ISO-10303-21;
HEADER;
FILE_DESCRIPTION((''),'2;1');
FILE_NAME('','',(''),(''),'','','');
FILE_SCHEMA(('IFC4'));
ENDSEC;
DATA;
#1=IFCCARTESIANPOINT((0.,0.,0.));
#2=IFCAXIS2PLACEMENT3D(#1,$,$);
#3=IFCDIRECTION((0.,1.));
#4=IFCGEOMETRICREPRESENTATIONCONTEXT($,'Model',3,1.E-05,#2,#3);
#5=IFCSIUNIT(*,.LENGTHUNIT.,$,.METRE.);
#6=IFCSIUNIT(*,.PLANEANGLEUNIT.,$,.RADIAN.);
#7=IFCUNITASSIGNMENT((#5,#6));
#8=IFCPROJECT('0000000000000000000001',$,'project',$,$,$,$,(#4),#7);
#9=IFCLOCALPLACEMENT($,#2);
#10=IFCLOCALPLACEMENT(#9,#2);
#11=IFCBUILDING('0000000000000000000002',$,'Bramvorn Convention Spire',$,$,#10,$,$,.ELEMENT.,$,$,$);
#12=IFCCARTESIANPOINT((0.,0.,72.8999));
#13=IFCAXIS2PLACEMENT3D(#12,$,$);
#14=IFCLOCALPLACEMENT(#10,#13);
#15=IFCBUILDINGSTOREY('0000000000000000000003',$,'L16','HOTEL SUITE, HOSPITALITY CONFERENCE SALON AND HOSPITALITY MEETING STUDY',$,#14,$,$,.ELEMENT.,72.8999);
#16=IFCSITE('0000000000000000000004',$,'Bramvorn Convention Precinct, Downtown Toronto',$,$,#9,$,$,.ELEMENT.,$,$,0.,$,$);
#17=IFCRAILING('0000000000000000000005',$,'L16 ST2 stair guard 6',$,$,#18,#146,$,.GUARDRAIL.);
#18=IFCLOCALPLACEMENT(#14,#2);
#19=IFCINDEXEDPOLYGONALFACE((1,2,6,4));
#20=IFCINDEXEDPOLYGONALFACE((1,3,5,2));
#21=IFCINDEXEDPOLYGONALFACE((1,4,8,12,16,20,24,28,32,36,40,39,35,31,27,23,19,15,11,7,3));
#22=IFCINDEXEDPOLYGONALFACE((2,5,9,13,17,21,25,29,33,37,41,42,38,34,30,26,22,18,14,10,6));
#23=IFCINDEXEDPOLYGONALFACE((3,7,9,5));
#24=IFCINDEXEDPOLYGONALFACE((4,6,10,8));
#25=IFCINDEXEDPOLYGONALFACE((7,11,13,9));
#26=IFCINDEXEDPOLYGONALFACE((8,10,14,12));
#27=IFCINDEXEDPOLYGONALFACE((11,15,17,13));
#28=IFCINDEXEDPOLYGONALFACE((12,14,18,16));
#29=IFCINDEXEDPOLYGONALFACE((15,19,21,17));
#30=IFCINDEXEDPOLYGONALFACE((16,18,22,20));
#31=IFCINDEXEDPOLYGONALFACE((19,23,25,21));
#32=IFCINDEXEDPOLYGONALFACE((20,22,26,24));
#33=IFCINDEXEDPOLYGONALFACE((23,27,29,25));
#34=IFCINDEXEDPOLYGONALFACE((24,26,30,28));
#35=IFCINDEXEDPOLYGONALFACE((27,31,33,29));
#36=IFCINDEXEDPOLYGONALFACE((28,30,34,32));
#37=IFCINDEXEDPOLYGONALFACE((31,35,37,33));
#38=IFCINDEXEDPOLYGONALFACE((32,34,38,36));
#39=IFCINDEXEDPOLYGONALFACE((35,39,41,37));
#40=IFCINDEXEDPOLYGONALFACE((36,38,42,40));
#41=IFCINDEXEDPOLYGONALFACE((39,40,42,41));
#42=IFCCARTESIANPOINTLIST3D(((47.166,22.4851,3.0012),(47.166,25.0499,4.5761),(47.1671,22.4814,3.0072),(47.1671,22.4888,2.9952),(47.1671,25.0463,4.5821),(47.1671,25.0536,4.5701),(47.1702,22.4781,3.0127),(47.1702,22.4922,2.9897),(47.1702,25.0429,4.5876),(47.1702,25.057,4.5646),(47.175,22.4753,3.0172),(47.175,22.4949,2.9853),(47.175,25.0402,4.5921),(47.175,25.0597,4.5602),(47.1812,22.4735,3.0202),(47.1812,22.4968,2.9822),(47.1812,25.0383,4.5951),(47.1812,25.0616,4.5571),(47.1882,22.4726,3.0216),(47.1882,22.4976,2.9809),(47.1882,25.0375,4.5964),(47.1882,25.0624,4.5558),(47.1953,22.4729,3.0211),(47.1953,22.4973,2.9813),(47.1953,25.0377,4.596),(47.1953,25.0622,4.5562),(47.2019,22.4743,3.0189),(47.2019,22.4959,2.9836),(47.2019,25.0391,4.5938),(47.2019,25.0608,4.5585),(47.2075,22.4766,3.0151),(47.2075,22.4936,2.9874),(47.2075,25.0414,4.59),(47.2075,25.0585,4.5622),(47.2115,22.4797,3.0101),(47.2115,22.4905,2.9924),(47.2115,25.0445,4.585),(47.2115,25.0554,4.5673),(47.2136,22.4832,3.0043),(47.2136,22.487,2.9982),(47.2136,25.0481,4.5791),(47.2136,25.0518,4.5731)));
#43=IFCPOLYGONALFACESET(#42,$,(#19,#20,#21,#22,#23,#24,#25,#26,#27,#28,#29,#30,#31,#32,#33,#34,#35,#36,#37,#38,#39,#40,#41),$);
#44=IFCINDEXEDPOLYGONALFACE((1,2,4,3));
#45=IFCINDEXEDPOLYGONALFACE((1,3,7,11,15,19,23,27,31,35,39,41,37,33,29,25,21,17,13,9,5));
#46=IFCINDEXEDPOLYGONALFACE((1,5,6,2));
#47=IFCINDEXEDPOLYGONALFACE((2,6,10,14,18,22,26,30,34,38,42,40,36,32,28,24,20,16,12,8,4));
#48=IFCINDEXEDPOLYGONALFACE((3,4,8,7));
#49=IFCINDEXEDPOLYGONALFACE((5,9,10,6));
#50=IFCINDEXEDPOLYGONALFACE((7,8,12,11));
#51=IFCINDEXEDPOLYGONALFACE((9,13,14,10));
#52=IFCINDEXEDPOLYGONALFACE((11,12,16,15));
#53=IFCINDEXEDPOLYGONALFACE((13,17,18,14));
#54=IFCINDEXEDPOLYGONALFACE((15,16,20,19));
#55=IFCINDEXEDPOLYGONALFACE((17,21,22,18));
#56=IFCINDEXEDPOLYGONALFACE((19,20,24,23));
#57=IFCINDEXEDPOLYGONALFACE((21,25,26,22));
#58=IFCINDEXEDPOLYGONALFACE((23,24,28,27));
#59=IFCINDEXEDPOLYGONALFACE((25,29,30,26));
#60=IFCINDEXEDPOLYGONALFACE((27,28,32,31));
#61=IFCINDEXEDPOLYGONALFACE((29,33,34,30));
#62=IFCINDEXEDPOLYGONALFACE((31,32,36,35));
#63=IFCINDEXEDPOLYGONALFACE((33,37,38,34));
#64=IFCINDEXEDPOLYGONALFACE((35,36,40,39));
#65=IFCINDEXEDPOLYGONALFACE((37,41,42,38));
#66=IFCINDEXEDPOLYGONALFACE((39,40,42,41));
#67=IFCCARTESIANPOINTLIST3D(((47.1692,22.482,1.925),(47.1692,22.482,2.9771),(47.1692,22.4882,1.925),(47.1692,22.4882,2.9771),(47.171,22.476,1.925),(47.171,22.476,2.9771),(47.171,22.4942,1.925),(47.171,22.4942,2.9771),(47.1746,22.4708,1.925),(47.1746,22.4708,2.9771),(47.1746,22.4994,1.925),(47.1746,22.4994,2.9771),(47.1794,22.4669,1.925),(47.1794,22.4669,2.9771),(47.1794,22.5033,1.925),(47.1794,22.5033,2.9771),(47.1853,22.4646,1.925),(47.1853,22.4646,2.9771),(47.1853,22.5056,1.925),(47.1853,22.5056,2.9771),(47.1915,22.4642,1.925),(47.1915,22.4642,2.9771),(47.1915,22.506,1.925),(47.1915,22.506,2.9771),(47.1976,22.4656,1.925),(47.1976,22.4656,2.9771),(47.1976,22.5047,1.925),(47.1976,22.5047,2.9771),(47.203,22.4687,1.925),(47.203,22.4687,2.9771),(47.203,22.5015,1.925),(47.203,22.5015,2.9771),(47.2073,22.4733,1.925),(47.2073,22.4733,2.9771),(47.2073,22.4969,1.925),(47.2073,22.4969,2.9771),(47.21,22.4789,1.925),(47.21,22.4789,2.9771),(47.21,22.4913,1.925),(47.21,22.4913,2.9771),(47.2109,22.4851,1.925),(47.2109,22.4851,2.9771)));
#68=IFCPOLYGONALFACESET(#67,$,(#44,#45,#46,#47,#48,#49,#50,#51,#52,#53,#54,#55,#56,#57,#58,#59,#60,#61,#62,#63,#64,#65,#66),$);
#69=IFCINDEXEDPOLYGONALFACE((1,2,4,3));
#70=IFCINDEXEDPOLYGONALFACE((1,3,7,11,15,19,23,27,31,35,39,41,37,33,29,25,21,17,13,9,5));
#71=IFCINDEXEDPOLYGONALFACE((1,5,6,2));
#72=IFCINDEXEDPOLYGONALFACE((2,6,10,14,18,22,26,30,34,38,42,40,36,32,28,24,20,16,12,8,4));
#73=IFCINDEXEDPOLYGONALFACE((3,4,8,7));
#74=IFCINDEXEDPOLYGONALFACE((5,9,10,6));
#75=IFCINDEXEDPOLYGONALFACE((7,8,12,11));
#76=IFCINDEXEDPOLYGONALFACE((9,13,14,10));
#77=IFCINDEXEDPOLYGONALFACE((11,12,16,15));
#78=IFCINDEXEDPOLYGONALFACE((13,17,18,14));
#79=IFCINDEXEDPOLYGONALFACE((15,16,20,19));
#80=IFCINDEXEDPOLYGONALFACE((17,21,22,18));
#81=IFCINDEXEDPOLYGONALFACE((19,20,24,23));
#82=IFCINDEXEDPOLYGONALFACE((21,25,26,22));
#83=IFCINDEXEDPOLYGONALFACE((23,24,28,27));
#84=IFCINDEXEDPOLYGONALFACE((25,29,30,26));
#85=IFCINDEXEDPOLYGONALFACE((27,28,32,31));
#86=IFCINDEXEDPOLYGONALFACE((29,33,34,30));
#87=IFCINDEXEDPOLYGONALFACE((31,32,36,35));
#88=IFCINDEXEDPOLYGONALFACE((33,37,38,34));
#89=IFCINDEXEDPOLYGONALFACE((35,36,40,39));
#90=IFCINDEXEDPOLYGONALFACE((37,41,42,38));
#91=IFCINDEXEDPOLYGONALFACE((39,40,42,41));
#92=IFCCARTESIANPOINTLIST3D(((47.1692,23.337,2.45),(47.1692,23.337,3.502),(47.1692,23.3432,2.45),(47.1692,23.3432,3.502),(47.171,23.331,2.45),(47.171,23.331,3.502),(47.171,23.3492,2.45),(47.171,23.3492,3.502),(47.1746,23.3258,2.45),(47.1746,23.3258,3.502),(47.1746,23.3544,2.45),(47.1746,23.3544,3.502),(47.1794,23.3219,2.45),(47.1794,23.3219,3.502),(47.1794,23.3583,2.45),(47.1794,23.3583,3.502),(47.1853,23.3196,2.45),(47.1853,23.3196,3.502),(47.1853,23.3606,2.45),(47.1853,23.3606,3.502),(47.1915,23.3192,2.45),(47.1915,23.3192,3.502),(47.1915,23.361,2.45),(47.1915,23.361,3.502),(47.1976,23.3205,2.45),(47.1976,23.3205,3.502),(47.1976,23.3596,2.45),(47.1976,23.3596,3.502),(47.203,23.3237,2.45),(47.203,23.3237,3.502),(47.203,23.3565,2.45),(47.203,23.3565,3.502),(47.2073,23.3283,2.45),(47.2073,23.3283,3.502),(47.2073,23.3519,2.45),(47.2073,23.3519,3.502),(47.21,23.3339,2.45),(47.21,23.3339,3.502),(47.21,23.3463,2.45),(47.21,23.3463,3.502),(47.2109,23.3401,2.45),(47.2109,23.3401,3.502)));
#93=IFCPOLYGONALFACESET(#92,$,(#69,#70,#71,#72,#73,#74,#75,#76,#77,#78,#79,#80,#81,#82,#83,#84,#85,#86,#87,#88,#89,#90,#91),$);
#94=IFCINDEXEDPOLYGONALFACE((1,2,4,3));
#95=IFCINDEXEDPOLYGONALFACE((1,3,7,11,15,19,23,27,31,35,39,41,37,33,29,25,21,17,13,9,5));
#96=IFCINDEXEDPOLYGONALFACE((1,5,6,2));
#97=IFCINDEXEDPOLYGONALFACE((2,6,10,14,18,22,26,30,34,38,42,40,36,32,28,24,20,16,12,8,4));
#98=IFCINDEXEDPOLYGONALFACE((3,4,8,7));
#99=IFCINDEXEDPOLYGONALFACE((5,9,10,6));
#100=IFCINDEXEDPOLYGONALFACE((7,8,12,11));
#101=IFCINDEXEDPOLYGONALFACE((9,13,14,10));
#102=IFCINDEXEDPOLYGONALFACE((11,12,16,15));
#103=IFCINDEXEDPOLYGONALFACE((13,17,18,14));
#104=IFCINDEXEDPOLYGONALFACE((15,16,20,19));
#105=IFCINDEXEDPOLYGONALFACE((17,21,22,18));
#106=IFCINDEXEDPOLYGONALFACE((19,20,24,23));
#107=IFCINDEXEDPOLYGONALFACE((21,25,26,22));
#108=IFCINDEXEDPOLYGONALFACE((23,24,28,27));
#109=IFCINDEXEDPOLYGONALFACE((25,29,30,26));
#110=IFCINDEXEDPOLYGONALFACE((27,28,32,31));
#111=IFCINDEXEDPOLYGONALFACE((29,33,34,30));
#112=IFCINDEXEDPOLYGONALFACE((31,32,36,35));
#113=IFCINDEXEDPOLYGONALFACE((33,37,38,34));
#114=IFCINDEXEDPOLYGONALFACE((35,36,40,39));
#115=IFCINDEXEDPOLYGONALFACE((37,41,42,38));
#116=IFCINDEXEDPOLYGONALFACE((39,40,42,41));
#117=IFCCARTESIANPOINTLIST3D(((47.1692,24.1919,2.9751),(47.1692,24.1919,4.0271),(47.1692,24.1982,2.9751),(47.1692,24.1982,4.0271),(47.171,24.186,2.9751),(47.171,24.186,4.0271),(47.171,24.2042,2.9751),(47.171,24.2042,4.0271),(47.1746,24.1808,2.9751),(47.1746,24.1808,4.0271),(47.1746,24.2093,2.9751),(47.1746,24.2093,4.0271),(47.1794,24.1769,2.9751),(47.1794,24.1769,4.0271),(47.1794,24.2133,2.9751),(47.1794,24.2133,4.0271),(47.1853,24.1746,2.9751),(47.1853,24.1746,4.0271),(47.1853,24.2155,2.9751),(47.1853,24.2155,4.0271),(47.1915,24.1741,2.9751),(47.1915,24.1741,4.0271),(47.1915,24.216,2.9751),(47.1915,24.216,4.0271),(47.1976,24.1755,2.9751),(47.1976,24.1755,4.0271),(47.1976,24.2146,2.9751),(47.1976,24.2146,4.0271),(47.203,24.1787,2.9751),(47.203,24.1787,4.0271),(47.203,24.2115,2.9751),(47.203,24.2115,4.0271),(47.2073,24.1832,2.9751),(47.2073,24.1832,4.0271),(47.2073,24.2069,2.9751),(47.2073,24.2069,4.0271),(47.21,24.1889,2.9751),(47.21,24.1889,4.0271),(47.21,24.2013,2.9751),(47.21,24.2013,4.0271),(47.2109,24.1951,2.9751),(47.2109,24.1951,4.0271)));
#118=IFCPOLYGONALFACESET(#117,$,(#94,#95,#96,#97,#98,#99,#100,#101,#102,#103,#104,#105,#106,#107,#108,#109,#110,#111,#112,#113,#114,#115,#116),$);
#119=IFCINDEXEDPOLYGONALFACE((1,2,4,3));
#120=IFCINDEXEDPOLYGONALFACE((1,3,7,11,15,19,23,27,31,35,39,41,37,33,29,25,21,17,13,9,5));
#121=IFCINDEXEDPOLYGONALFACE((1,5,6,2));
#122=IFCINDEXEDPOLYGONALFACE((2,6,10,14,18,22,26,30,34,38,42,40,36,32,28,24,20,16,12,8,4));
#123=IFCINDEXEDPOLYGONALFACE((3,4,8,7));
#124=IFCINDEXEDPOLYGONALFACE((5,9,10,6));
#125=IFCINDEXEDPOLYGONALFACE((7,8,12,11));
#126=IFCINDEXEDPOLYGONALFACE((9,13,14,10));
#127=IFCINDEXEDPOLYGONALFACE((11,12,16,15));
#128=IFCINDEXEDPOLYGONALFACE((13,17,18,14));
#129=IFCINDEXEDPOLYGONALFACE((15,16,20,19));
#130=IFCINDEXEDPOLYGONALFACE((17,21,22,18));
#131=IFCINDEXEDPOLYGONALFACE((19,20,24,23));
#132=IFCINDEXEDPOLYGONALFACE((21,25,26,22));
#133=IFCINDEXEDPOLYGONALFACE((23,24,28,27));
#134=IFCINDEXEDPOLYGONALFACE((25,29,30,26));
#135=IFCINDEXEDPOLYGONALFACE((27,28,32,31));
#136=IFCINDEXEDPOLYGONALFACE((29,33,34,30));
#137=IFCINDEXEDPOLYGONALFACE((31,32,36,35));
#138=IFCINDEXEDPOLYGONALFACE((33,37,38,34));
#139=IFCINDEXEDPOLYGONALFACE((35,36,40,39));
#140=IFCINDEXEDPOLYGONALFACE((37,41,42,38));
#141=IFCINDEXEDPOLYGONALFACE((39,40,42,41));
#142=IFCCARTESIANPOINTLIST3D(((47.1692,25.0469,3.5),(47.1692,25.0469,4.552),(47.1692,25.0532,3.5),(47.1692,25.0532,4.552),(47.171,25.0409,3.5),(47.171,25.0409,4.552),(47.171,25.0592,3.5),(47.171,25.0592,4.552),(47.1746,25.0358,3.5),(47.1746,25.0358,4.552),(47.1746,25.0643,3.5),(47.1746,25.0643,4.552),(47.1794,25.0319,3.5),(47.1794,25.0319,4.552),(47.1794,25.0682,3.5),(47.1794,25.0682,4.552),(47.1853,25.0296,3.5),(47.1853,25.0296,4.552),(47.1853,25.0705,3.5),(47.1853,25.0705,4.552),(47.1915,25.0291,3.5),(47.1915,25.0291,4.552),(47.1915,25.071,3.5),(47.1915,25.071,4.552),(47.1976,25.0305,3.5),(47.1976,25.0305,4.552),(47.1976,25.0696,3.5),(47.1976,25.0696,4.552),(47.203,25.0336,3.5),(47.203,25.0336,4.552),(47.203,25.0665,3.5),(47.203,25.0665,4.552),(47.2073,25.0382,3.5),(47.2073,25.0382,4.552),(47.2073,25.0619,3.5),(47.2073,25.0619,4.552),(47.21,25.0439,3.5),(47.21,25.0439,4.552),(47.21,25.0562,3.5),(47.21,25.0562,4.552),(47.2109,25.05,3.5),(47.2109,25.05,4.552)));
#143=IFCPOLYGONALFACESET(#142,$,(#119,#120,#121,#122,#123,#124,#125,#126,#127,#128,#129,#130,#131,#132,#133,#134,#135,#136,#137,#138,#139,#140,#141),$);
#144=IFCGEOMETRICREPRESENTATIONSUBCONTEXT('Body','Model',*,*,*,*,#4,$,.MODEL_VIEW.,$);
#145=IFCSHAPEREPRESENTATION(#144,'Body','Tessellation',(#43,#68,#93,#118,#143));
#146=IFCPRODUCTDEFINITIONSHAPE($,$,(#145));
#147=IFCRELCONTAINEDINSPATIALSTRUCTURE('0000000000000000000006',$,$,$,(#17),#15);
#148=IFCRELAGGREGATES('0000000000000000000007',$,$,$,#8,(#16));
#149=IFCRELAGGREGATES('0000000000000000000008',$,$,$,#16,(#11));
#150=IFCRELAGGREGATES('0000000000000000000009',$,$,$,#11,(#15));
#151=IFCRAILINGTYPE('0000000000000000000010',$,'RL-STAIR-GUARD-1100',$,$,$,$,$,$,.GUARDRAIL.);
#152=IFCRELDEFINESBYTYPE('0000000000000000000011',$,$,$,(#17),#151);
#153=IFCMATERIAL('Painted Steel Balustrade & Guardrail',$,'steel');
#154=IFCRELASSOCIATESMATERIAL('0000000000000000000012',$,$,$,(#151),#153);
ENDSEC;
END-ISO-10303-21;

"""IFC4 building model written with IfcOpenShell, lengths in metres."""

from ifc_helpers import new_model, si_unit, direction, frame, origin, origin_2d, place, context, subcontext, project, spatial, circle, extrude, material, type_object, element, save


model = new_model("IFC4")

# Units and contexts
model_context = context("Model", 3, precision=1e-05, world=origin(), true_north=direction((0.0, 1.0)))
body_context = subcontext(model_context, "Body", "Model", "MODEL_VIEW")
ifc_project = project(units=[si_unit("LENGTHUNIT", "METRE"), si_unit("PLANEANGLEUNIT", "RADIAN")], contexts=[model_context])

# Site, building, storey
site_placement = place(None, origin())
site = spatial("IfcSite", under=ifc_project, at=site_placement, Name="Bramvorn Convention Precinct, Downtown Toronto", CompositionType="ELEMENT", RefElevation=0.0)
building_placement = place(site_placement, origin())
building = spatial("IfcBuilding", under=site, at=building_placement, Name="Bramvorn Convention Spire", CompositionType="ELEMENT")
storey_placement = place(building_placement, frame((0.0, 0.0, 72.8999)))
storey = spatial("IfcBuildingStorey", under=building, at=storey_placement, Name="L16", Description="HOTEL SUITE, HOSPITALITY CONFERENCE SALON AND HOSPITALITY MEETING STUDY", CompositionType="ELEMENT", Elevation=72.8999)

# Railing
ifc_material_1 = material(Name="Painted Steel Balustrade & Guardrail", Category="steel")
railing_type_1 = type_object("IfcRailingType", Name="RL-STAIR-GUARD-1100", PredefinedType="GUARDRAIL", material=ifc_material_1)
railing_1_placement = place(storey_placement, frame((47.1899, 22.4851, 1.925)))
element("IfcRailing", 1, at=railing_1_placement, inside=storey, type_object=railing_type_1, Name="L16 ST2 stair guard 6", PredefinedType="GUARDRAIL", context=body_context, shape_type="SweptSolid", body=[
    extrude(circle(Radius=0.0239, at=origin_2d()), frame((0.0, 0.0, 1.0762), z_axis=(0.0, 0.852173, 0.52326), x_axis=(-1.0, 0.0, 0.0)), (0.0, 0.0, 1.0), 3.0098),
    extrude(circle(Radius=0.021, at=origin_2d()), origin(), (0.0, 0.0, 1.0), 1.052),
    extrude(circle(Radius=0.021, at=origin_2d()), frame((0.0, 0.855, 0.5249)), (0.0, 0.0, 1.0), 1.052),
    extrude(circle(Radius=0.021, at=origin_2d()), frame((0.0, 1.71, 1.05)), (0.0, 0.0, 1.0), 1.052),
    extrude(circle(Radius=0.021, at=origin_2d()), frame((0.0, 2.5649, 1.575)), (0.0, 0.0, 1.0), 1.052),
])

save(model, "model.ifc")
